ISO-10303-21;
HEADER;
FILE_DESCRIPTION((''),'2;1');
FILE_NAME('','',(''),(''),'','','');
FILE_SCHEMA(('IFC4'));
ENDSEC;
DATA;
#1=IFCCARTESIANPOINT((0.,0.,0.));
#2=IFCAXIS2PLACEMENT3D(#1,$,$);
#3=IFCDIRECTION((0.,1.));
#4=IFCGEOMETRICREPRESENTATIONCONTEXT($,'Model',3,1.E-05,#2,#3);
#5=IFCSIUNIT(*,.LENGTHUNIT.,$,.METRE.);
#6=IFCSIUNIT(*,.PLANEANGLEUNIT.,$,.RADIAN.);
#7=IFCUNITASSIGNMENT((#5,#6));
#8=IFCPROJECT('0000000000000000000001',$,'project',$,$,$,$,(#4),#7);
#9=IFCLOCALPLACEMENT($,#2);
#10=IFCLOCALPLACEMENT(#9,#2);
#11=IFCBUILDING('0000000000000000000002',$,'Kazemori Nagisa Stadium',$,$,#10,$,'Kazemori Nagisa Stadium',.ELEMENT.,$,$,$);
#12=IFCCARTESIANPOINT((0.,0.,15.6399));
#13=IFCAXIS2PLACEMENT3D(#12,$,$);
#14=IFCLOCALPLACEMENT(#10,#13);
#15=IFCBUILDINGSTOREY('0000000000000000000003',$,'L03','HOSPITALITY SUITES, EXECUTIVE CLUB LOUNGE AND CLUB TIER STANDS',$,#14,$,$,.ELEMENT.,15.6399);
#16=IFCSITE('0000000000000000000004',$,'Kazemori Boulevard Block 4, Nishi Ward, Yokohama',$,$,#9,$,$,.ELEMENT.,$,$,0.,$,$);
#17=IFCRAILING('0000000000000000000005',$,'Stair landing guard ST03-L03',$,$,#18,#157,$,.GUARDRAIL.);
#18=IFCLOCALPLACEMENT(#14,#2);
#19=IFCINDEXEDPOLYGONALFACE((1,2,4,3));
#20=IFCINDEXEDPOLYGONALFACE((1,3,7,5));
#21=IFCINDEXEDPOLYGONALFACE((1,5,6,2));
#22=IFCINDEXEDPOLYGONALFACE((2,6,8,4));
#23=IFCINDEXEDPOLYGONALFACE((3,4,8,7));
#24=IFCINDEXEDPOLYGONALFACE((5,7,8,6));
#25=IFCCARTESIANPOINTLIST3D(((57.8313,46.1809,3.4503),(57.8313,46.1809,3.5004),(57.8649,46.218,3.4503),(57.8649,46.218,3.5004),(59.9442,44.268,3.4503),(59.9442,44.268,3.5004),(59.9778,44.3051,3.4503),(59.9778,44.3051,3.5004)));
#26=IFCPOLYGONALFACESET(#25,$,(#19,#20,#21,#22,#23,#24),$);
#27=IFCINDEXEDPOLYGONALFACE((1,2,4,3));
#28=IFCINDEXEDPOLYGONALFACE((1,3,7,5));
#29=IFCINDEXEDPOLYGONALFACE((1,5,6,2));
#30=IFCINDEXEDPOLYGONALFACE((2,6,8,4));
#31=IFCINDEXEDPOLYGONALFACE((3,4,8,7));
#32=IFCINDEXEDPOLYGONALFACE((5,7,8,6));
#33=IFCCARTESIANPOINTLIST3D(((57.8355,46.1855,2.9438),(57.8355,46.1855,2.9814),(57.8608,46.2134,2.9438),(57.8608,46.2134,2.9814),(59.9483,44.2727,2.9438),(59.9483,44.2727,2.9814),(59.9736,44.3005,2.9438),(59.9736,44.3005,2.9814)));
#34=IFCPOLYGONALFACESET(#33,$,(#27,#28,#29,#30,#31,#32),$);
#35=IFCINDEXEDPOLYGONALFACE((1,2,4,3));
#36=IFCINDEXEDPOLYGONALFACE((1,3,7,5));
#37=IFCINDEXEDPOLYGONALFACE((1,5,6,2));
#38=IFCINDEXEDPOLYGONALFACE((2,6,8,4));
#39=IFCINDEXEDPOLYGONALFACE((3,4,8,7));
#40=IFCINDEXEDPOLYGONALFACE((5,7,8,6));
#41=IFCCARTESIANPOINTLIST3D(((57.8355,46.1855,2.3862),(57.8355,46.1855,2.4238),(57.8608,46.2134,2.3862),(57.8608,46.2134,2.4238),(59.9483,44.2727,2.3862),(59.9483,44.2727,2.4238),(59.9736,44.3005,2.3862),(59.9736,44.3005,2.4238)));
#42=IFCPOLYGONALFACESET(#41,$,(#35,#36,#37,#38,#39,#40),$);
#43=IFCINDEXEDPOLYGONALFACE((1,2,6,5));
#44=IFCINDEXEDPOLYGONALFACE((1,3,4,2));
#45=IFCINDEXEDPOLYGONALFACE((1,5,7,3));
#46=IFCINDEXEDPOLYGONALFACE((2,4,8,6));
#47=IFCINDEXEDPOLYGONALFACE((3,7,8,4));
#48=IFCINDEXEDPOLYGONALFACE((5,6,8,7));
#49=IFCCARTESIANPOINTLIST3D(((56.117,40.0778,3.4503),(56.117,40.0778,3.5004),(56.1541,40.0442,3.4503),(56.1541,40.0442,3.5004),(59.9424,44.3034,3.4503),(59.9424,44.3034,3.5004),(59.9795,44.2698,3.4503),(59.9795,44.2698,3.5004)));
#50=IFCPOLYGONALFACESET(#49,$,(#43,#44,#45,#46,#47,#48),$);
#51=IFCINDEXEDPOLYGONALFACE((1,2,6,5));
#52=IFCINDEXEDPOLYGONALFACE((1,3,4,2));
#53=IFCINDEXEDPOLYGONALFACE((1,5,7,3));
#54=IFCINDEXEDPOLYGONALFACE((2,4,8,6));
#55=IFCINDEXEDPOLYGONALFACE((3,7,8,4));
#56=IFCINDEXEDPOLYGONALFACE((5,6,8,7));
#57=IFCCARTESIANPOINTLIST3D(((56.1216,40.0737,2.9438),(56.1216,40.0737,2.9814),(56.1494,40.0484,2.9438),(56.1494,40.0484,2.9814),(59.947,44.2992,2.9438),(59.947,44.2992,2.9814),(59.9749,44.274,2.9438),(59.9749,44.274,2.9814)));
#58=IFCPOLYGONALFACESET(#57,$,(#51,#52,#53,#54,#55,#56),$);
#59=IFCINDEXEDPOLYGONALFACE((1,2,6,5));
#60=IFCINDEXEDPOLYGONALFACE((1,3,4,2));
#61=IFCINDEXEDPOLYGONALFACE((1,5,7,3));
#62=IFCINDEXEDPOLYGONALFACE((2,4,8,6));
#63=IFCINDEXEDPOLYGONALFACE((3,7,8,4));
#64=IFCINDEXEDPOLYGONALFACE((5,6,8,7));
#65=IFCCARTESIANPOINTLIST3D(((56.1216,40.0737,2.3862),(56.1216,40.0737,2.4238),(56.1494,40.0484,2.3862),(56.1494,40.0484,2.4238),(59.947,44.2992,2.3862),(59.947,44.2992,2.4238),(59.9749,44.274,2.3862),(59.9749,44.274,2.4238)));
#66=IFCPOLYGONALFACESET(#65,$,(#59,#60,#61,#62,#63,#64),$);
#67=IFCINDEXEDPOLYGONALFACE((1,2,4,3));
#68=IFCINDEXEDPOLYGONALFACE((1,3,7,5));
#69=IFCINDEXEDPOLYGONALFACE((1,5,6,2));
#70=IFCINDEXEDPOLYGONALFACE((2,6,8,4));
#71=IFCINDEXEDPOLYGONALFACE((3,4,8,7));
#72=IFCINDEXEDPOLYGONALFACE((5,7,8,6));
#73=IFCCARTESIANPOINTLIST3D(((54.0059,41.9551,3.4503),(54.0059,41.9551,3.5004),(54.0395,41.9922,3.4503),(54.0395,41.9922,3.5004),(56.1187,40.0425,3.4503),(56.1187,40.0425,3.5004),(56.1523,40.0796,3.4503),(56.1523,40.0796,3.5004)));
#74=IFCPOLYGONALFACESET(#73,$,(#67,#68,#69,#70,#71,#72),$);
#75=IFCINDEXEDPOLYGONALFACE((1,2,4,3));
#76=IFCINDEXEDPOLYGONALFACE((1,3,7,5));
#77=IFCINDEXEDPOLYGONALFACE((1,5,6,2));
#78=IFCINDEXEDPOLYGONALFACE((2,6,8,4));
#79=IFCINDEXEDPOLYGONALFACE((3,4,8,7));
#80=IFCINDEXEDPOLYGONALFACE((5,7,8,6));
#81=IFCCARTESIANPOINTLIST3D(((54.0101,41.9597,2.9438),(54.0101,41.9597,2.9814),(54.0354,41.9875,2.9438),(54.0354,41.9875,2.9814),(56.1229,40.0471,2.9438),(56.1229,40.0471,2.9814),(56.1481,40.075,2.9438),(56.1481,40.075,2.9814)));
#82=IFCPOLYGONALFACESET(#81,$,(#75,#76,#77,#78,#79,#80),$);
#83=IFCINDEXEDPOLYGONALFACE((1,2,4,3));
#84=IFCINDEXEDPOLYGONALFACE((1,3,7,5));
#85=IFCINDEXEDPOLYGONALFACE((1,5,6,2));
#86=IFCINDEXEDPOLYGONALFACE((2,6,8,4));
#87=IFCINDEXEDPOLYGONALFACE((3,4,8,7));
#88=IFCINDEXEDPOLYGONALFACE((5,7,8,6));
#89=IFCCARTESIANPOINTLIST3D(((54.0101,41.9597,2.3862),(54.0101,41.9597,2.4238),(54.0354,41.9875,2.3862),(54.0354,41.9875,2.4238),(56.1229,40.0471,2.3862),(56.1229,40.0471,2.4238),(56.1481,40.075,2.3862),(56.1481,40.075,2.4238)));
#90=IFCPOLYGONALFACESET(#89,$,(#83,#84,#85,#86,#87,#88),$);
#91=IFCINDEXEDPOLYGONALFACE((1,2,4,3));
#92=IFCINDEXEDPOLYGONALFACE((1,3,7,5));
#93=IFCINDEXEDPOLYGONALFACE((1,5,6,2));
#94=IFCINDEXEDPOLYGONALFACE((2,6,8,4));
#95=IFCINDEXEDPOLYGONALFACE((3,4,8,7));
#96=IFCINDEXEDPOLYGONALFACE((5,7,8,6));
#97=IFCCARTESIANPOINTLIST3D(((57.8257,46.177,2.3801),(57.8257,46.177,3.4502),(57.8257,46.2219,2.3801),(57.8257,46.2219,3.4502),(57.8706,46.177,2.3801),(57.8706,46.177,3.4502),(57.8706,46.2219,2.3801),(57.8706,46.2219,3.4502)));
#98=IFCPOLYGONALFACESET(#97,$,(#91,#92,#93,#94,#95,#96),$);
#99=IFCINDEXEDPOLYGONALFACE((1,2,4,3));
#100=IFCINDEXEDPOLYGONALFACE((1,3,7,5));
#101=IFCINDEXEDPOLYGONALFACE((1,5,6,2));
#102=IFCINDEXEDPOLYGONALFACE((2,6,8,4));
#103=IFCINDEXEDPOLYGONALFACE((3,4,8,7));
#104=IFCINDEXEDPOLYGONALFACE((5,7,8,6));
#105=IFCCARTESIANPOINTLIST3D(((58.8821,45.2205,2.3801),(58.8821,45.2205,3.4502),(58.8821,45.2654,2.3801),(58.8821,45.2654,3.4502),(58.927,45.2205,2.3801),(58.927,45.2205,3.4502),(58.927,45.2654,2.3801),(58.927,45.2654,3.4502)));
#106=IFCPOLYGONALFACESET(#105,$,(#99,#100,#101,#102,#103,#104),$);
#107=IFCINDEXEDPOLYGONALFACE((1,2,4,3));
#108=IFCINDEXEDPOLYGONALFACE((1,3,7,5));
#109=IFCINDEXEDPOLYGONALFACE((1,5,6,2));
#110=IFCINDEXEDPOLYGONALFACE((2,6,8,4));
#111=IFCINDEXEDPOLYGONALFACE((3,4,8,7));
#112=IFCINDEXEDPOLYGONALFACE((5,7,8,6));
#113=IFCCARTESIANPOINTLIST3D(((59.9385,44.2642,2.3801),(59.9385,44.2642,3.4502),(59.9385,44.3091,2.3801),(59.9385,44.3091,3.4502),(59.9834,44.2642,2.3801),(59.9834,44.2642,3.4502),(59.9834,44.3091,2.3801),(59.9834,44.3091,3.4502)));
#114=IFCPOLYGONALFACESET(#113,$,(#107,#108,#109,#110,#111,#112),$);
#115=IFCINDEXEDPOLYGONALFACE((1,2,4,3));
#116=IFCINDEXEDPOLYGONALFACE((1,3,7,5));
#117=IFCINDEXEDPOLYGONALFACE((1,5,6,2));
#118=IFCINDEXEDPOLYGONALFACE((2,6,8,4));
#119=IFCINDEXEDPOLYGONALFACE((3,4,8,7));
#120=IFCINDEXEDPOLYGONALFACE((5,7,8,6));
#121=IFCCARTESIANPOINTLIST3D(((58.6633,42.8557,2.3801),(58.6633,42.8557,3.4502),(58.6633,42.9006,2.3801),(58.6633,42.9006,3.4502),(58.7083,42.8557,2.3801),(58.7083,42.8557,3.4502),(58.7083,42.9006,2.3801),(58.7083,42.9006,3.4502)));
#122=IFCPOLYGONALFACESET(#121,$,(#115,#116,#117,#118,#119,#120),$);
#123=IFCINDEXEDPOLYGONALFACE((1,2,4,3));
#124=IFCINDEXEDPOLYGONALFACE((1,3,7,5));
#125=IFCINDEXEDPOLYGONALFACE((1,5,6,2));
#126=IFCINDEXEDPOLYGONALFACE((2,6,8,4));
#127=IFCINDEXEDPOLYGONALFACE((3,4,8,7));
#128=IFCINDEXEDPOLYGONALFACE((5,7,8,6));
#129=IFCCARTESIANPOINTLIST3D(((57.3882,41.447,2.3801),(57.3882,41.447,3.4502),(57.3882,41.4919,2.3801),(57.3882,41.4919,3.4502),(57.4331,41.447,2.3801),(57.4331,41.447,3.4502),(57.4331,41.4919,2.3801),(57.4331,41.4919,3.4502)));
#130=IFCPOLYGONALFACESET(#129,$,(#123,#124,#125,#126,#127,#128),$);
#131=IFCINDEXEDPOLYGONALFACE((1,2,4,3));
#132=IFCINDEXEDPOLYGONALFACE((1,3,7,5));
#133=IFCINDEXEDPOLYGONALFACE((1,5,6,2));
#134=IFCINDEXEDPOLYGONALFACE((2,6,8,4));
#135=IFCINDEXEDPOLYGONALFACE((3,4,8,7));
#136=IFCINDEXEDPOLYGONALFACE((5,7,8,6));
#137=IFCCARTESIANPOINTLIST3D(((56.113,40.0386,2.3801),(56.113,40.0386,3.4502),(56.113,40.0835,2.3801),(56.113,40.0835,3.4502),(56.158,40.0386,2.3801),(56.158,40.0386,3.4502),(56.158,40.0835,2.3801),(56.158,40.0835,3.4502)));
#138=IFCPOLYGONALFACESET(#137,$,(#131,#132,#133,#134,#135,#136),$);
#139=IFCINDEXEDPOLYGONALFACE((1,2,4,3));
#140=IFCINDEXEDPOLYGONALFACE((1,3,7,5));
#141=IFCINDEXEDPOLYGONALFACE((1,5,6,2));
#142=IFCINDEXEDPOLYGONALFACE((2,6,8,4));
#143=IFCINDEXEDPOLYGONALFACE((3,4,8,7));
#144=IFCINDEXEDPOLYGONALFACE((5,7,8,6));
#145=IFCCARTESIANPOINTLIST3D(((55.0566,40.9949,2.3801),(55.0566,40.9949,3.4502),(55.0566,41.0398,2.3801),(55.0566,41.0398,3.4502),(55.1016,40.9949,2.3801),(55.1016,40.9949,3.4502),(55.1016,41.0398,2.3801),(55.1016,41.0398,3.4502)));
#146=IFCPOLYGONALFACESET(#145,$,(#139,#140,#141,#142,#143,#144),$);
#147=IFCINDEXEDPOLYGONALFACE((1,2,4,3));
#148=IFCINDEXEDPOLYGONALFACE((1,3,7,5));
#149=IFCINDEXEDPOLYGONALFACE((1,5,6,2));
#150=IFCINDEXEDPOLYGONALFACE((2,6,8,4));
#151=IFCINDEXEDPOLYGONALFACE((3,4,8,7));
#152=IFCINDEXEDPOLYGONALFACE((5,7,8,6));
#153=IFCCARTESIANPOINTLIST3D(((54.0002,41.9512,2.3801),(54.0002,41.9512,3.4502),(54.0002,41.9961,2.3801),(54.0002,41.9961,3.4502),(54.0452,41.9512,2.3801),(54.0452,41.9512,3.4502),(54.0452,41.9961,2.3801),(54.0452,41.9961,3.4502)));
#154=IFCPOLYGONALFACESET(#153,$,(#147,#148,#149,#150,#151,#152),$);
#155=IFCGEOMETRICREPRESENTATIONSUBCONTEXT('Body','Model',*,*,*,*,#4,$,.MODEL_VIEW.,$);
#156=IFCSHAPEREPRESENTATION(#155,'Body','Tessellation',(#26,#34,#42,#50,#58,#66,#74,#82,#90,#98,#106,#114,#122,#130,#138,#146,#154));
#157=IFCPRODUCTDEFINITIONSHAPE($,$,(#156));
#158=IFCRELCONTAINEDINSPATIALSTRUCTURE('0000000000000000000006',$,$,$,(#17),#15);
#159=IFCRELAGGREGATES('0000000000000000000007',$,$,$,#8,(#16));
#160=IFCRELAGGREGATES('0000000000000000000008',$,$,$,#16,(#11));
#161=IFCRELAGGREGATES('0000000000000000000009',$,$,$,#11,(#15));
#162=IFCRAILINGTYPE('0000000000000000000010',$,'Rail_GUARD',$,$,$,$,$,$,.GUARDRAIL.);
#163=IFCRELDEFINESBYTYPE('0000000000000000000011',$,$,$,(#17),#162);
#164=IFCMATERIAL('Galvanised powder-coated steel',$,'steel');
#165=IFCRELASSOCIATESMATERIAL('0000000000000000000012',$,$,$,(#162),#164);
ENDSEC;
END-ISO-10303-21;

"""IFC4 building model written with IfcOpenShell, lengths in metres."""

from ifc_helpers import new_model, si_unit, direction, frame, origin, origin_2d, place, context, subcontext, project, spatial, rectangle, extrude, material, type_object, element, save


model = new_model("IFC4")

# Units and contexts
model_context = context("Model", 3, precision=1e-05, world=origin(), true_north=direction((0.0, 1.0)))
body_context = subcontext(model_context, "Body", "Model", "MODEL_VIEW")
ifc_project = project(units=[si_unit("LENGTHUNIT", "METRE"), si_unit("PLANEANGLEUNIT", "RADIAN")], contexts=[model_context])

# Site, building, storey
site_placement = place(None, origin())
site = spatial("IfcSite", under=ifc_project, at=site_placement, Name="Kazemori Boulevard Block 4, Nishi Ward, Yokohama", CompositionType="ELEMENT", RefElevation=0.0)
building_placement = place(site_placement, origin())
building = spatial("IfcBuilding", under=site, at=building_placement, Name="Kazemori Nagisa Stadium", LongName="Kazemori Nagisa Stadium", CompositionType="ELEMENT")
storey_placement = place(building_placement, frame((0.0, 0.0, 15.6399)))
storey = spatial("IfcBuildingStorey", under=building, at=storey_placement, Name="L03", Description="HOSPITALITY SUITES, EXECUTIVE CLUB LOUNGE AND CLUB TIER STANDS", CompositionType="ELEMENT", Elevation=15.6399)

# Railing
ifc_material_1 = material(Name="Galvanised powder-coated steel", Category="steel")
railing_type = type_object("IfcRailingType", Name="Rail_GUARD", PredefinedType="GUARDRAIL", material=ifc_material_1)
railing_placement = place(storey_placement, frame((57.8481, 46.1995, 2.3801)))
element("IfcRailing", 1, at=railing_placement, inside=storey, type_object=railing_type, Name="Stair landing guard ST03-L03", PredefinedType="GUARDRAIL", context=body_context, shape_type="SweptSolid", body=[
    extrude(rectangle(XDim=0.05, YDim=0.05, at=origin_2d()), frame((0.0, 0.0, 1.0952), z_axis=(0.741315, -0.671158, 0.0), x_axis=(0.671158, 0.741315, 0.0)), (0.0, 0.0, 1.0), 2.8501),
    extrude(rectangle(XDim=0.0376, YDim=0.0376, at=origin_2d()), frame((0.0, 0.0, 0.5825), z_axis=(0.741315, -0.671158, 0.0), x_axis=(0.671158, 0.741315, 0.0)), (0.0, 0.0, 1.0), 2.8501),
    extrude(rectangle(XDim=0.0376, YDim=0.0376, at=origin_2d()), frame((0.0, 0.0, 0.0249), z_axis=(0.741315, -0.671158, 0.0), x_axis=(0.671158, 0.741315, 0.0)), (0.0, 0.0, 1.0), 2.8501),
    extrude(rectangle(XDim=0.05, YDim=0.05, at=origin_2d()), frame((2.1128, -1.9128, 1.0952), z_axis=(-0.671134, -0.741336, 0.0), x_axis=(0.741336, -0.671134, 0.0)), (0.0, 0.0, 1.0), 5.7),
    extrude(rectangle(XDim=0.0376, YDim=0.0376, at=origin_2d()), frame((2.1128, -1.9128, 0.5825), z_axis=(-0.671134, -0.741336, 0.0), x_axis=(0.741336, -0.671134, 0.0)), (0.0, 0.0, 1.0), 5.7),
    extrude(rectangle(XDim=0.0376, YDim=0.0376, at=origin_2d()), frame((2.1128, -1.9128, 0.0249), z_axis=(-0.671134, -0.741336, 0.0), x_axis=(0.741336, -0.671134, 0.0)), (0.0, 0.0, 1.0), 5.7),
    extrude(rectangle(XDim=0.05, YDim=0.05, at=origin_2d()), frame((-1.7126, -6.1384, 1.0952), z_axis=(-0.741357, 0.671111, 0.0), x_axis=(-0.671111, -0.741357, 0.0)), (0.0, 0.0, 1.0), 2.8499),
    extrude(rectangle(XDim=0.0376, YDim=0.0376, at=origin_2d()), frame((-1.7126, -6.1384, 0.5825), z_axis=(-0.741357, 0.671111, 0.0), x_axis=(-0.671111, -0.741357, 0.0)), (0.0, 0.0, 1.0), 2.8499),
    extrude(rectangle(XDim=0.0376, YDim=0.0376, at=origin_2d()), frame((-1.7126, -6.1384, 0.0249), z_axis=(-0.741357, 0.671111, 0.0), x_axis=(-0.671111, -0.741357, 0.0)), (0.0, 0.0, 1.0), 2.8499),
    extrude(rectangle(XDim=0.0449, YDim=0.0449, at=origin_2d()), origin(), (0.0, 0.0, 1.0), 1.0701),
    extrude(rectangle(XDim=0.0449, YDim=0.0449, at=origin_2d()), frame((1.0564, -0.9565, 0.0)), (0.0, 0.0, 1.0), 1.0701),
    extrude(rectangle(XDim=0.0449, YDim=0.0449, at=origin_2d()), frame((2.1128, -1.9128, 0.0)), (0.0, 0.0, 1.0), 1.0701),
    extrude(rectangle(XDim=0.0449, YDim=0.0449, at=origin_2d()), frame((0.8376, -3.3213, 0.0)), (0.0, 0.0, 1.0), 1.0701),
    extrude(rectangle(XDim=0.0449, YDim=0.0449, at=origin_2d()), frame((-0.4375, -4.73, 0.0)), (0.0, 0.0, 1.0), 1.0701),
    extrude(rectangle(XDim=0.0449, YDim=0.0449, at=origin_2d()), frame((-1.7126, -6.1384, 0.0)), (0.0, 0.0, 1.0), 1.0701),
    extrude(rectangle(XDim=0.0449, YDim=0.0449, at=origin_2d()), frame((-2.769, -5.1821, 0.0)), (0.0, 0.0, 1.0), 1.0701),
    extrude(rectangle(XDim=0.0449, YDim=0.0449, at=origin_2d()), frame((-3.8254, -4.2258, 0.0)), (0.0, 0.0, 1.0), 1.0701),
])

save(model, "model.ifc")
